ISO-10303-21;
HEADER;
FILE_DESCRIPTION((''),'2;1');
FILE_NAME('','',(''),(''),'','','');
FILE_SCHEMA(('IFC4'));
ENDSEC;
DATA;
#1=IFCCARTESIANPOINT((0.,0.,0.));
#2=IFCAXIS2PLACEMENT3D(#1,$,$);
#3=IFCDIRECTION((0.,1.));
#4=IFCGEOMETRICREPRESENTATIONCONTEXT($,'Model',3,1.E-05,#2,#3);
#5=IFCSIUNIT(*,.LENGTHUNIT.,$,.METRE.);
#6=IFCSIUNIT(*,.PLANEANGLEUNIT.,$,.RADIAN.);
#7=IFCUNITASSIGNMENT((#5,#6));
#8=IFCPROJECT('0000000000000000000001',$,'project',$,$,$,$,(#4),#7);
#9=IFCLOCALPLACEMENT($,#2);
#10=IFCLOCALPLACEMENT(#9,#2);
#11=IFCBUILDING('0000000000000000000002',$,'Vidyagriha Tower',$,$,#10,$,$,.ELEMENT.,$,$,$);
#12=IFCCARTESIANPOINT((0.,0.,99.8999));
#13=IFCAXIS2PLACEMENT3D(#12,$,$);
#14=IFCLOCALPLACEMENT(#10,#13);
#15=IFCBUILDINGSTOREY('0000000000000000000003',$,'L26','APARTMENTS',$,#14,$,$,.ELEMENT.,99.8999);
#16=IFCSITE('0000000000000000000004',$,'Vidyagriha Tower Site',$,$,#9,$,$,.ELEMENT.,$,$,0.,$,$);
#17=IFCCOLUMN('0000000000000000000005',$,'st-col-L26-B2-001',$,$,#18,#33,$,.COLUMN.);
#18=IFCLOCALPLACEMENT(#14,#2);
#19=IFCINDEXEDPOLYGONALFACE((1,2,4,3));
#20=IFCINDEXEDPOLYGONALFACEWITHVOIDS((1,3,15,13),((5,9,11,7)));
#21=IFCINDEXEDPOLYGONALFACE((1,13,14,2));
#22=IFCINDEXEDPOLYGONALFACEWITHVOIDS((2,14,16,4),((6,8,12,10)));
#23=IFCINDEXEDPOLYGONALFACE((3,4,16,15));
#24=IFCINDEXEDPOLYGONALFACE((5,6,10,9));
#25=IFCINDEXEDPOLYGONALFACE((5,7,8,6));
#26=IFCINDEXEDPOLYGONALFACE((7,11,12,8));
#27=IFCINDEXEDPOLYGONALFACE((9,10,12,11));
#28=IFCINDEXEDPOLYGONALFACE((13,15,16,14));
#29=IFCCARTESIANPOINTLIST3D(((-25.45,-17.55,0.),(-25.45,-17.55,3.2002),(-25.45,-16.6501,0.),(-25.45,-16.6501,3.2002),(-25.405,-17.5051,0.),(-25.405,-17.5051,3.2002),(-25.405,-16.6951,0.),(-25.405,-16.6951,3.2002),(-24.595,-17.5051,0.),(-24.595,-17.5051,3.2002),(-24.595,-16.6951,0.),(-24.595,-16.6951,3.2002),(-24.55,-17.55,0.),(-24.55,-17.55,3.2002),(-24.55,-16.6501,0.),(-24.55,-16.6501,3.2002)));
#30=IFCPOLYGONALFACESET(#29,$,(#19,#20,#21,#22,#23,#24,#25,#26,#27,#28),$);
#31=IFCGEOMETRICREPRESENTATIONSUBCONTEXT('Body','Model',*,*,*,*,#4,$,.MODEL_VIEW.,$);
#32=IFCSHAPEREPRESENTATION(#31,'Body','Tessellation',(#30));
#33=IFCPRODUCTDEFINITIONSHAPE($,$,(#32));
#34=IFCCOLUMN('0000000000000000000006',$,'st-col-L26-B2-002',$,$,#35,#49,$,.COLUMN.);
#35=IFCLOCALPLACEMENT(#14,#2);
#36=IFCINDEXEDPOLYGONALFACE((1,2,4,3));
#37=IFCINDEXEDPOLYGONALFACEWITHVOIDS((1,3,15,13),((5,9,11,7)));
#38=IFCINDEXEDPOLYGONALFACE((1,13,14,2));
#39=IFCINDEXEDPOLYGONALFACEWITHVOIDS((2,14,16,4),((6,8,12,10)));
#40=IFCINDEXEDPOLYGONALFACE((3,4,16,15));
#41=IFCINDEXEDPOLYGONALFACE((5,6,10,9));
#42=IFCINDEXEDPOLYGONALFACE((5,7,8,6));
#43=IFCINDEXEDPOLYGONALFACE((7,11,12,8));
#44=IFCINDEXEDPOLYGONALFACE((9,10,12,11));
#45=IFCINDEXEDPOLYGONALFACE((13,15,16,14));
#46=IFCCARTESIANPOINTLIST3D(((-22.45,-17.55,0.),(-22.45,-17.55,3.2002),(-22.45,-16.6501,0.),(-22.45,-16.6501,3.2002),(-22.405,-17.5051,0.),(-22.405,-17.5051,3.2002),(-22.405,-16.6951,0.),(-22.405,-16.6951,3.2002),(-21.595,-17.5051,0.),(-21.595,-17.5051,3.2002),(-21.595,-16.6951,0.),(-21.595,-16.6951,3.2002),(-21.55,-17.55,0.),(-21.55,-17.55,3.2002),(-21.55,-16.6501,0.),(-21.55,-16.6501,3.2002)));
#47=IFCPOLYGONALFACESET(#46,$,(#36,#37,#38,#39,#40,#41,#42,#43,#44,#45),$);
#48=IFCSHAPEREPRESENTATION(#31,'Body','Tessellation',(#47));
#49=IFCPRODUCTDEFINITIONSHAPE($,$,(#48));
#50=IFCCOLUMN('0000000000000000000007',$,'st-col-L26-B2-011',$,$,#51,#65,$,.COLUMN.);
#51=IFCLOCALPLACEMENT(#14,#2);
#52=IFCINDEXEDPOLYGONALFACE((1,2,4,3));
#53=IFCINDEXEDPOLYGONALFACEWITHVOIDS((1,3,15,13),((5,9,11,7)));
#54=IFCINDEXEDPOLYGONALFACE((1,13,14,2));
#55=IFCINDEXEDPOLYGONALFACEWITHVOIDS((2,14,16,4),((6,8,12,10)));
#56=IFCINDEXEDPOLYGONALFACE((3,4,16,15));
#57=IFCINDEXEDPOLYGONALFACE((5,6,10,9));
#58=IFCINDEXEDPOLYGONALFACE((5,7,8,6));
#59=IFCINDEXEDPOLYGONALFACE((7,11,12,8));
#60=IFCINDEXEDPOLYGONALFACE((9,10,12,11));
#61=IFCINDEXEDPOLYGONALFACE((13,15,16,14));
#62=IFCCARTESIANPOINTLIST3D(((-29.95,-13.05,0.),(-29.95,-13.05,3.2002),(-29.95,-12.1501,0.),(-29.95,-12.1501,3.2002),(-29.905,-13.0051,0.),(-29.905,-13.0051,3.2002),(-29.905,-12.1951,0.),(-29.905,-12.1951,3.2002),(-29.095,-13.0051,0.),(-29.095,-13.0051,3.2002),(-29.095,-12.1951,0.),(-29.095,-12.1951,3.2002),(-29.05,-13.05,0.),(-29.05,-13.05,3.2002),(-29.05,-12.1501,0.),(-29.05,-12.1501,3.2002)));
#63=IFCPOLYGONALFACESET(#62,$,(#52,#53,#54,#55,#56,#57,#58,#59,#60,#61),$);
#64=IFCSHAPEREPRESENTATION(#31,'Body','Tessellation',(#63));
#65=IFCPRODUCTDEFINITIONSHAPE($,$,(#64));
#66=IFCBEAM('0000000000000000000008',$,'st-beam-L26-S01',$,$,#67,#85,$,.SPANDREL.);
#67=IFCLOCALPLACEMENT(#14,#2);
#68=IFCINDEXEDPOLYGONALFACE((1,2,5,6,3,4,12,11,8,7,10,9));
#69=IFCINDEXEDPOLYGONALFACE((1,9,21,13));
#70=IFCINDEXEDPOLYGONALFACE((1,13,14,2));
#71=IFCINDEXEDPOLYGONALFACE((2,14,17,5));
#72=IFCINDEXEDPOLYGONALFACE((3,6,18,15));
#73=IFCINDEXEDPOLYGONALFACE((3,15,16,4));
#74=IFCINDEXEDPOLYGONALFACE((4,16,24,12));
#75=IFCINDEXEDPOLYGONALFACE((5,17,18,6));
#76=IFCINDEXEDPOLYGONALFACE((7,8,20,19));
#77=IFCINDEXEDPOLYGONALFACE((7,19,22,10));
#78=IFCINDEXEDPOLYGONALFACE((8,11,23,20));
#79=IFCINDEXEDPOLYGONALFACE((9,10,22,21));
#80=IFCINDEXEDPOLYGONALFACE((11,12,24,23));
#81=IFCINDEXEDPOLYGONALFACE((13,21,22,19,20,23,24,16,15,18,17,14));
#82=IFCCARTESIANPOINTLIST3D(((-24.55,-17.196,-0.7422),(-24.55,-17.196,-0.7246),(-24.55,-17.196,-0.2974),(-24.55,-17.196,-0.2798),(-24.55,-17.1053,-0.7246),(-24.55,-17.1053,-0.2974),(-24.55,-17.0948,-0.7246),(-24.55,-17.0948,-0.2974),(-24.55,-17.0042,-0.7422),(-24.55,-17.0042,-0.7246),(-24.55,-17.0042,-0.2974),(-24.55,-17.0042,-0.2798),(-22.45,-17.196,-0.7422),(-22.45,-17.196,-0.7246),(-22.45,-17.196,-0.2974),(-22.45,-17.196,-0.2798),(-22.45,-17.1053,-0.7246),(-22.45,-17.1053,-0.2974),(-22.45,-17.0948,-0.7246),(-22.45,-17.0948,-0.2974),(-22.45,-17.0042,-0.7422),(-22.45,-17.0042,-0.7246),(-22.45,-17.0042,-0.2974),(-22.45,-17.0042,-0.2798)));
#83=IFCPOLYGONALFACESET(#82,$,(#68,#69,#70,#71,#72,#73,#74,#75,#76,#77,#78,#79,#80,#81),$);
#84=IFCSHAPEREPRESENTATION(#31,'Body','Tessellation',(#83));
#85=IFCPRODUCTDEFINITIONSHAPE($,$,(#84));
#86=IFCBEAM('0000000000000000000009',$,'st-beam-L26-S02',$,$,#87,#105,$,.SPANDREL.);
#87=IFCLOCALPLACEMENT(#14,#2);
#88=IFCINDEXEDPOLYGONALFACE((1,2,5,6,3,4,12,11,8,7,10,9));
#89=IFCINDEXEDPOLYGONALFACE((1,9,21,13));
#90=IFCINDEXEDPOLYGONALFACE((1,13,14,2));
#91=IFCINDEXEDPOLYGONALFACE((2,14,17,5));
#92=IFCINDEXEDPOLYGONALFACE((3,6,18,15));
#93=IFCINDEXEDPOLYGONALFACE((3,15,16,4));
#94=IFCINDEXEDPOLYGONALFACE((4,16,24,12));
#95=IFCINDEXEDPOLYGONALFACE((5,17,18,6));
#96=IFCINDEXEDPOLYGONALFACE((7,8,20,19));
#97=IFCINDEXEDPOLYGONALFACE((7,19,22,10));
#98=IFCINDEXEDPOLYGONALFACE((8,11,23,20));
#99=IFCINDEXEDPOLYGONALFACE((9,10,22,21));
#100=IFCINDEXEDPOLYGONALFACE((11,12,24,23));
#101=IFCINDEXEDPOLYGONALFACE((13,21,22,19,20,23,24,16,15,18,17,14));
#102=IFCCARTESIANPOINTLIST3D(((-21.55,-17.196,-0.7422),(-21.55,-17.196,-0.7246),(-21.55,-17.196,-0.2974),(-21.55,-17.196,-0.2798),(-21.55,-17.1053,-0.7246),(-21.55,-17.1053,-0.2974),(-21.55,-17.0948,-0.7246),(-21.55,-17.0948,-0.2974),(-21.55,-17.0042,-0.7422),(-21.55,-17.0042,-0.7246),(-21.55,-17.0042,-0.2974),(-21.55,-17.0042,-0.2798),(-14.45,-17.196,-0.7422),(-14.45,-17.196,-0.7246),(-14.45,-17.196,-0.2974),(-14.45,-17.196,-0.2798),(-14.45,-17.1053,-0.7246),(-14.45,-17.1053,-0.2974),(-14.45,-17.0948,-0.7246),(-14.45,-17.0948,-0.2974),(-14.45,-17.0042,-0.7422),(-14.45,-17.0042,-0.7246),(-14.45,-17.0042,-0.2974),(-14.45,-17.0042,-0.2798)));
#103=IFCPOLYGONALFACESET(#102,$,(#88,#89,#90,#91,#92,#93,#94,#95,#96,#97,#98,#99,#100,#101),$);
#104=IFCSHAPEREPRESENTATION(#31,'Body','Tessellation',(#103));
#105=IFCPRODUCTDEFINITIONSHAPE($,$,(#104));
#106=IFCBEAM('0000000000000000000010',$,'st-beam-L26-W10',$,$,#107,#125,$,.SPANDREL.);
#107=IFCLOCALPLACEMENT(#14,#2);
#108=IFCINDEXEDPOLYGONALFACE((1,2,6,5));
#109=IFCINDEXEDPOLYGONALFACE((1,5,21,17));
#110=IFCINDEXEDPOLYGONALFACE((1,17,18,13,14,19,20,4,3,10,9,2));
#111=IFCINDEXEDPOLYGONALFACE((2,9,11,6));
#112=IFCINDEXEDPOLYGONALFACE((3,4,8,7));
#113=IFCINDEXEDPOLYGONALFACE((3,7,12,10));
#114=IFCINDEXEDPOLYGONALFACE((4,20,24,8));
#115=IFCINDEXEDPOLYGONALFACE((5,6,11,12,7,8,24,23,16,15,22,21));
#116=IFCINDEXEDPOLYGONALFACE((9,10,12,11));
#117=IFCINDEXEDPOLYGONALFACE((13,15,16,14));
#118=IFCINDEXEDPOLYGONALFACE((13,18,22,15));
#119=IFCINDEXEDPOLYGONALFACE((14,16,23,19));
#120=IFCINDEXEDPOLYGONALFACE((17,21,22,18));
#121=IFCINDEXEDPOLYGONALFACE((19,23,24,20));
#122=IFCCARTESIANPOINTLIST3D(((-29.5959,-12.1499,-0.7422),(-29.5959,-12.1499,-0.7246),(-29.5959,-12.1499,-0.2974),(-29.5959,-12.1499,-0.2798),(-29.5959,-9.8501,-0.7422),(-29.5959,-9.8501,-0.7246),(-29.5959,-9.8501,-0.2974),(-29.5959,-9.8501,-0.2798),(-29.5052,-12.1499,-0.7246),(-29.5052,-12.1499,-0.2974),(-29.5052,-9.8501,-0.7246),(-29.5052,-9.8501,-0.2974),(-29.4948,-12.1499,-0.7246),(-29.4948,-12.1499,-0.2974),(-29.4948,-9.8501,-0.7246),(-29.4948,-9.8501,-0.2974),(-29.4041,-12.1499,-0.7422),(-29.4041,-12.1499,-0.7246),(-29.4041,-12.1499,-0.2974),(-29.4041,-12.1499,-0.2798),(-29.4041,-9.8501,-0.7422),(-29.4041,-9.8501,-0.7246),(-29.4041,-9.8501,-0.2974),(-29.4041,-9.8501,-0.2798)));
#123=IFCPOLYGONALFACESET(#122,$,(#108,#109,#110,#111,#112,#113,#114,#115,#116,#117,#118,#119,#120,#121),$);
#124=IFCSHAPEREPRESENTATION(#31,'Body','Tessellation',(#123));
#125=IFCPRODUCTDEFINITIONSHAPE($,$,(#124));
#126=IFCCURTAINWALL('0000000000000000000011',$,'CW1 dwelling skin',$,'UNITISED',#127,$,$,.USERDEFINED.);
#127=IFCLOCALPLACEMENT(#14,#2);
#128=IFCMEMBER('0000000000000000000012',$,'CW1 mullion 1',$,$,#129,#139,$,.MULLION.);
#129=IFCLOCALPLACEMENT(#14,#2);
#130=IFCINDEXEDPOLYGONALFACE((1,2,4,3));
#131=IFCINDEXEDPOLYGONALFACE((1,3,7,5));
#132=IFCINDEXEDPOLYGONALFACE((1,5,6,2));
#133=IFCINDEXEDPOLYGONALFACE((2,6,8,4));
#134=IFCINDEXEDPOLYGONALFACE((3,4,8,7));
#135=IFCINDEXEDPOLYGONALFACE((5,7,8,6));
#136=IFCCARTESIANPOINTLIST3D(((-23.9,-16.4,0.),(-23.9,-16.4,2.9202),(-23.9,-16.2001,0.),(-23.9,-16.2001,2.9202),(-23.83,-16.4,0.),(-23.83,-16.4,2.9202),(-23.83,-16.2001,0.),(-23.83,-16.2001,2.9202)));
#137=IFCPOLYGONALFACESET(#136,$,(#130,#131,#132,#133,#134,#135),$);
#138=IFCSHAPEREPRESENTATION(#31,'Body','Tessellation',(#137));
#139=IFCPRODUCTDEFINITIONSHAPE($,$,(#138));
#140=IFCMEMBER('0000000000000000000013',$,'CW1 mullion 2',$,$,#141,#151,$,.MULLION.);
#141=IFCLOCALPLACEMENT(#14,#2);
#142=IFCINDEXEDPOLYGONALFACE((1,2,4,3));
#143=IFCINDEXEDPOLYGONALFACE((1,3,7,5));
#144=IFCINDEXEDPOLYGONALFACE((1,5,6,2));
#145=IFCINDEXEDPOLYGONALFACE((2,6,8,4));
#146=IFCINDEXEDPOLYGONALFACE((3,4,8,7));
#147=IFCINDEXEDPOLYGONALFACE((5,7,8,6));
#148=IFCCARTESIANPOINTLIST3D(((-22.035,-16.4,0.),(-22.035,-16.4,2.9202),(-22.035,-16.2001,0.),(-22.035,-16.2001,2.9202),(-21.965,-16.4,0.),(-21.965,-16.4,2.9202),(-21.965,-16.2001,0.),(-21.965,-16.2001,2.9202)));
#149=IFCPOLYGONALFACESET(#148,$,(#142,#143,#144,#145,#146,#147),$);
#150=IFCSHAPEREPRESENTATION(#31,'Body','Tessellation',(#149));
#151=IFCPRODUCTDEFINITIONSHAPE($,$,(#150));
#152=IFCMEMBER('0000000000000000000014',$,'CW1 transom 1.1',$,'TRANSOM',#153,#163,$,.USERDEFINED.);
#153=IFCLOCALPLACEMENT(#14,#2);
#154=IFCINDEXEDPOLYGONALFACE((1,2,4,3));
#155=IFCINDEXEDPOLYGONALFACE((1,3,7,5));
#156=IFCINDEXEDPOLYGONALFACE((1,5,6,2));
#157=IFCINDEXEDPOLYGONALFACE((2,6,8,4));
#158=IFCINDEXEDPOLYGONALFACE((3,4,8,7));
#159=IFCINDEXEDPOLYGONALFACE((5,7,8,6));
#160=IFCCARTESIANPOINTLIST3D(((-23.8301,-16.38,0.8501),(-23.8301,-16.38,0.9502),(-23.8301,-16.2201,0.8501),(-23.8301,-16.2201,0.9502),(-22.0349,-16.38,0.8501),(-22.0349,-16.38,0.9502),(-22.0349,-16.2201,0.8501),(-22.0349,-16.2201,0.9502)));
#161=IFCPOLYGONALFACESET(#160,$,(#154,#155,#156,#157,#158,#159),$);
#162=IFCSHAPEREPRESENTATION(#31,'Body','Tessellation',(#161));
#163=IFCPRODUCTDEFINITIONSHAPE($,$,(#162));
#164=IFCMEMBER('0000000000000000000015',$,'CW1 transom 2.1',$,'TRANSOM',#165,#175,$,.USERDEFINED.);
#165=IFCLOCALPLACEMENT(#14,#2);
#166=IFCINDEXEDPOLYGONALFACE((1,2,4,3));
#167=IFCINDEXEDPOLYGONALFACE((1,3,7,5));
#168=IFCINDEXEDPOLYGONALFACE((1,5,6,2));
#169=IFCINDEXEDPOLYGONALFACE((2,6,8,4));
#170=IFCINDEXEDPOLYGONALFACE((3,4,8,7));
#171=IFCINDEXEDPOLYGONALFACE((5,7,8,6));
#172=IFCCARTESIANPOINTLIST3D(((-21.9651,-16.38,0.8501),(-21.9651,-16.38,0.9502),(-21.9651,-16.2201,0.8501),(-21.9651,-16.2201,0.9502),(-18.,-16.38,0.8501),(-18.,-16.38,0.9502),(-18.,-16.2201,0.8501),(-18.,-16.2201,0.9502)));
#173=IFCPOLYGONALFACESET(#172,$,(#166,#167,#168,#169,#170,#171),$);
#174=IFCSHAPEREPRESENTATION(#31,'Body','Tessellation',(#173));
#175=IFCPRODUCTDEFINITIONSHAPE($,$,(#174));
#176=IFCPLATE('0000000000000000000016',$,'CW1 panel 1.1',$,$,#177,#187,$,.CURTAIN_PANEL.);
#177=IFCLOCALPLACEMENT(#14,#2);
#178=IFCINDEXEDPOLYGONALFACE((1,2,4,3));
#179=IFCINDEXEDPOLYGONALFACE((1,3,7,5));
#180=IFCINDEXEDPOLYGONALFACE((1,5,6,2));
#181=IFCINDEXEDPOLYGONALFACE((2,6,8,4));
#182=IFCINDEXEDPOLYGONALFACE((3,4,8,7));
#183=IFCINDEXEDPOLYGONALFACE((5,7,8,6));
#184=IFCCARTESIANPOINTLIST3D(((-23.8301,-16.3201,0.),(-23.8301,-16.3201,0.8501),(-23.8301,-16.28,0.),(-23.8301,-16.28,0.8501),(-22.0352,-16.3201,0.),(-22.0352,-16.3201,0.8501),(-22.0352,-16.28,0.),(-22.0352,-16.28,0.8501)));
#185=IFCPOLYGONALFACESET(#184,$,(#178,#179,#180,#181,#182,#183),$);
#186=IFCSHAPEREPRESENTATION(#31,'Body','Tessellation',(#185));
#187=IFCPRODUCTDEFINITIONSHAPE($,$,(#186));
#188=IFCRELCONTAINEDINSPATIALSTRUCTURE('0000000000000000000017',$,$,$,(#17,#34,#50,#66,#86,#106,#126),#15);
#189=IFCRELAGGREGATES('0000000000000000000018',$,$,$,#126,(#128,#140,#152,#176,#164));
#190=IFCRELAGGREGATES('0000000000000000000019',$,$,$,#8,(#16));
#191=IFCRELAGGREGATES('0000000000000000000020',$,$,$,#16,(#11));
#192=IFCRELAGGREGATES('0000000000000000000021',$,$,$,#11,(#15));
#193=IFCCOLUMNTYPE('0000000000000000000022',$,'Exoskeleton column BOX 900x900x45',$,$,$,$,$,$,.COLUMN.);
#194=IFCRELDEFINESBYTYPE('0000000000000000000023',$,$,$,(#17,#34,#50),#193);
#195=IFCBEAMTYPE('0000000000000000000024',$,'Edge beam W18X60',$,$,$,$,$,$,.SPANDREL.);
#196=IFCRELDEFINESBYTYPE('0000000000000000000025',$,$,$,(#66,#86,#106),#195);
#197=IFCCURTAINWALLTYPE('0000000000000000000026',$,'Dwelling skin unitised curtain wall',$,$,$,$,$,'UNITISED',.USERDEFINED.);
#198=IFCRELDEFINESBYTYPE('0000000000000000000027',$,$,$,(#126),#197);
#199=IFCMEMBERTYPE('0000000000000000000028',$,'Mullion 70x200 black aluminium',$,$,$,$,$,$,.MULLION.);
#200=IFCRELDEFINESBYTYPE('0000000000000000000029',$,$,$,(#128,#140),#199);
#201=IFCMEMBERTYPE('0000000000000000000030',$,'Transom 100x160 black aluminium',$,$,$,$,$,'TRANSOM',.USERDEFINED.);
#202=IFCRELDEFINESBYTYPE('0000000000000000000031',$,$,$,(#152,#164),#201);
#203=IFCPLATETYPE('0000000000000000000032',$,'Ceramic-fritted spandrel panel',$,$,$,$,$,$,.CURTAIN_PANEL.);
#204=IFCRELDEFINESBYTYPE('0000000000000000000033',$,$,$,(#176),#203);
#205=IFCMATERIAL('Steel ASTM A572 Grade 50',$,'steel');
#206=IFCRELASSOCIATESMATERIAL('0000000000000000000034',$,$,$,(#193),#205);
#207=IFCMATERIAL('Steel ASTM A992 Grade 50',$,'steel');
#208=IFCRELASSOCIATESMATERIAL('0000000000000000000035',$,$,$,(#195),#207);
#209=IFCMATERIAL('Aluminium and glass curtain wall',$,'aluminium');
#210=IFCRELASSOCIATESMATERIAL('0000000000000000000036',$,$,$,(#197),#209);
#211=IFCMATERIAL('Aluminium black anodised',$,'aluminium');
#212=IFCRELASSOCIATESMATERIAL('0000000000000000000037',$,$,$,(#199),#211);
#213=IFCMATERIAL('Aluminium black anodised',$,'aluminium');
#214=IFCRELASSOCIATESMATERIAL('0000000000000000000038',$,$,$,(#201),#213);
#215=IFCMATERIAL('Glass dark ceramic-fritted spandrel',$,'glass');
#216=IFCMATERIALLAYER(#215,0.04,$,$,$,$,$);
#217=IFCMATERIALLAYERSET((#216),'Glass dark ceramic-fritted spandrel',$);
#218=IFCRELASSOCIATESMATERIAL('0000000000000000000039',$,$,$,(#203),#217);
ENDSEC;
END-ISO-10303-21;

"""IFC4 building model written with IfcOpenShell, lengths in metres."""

from ifc_helpers import new_model, si_unit, direction, frame, origin, origin_2d, place, context, subcontext, project, spatial, rectangle, hollow_rectangle, i_section, extrude, material, layer, layer_set, material_profile, profile_set, type_object, element, aggregate, save


model = new_model("IFC4")

# Units and contexts
model_context = context("Model", 3, precision=1e-05, world=origin(), true_north=direction((0.0, 1.0)))
body_context = subcontext(model_context, "Body", "Model", "MODEL_VIEW")
ifc_project = project(units=[si_unit("LENGTHUNIT", "METRE"), si_unit("PLANEANGLEUNIT", "RADIAN")], contexts=[model_context])

# Site, building, storey
site_placement = place(None, origin())
site = spatial("IfcSite", under=ifc_project, at=site_placement, Name="Vidyagriha Tower Site", CompositionType="ELEMENT", RefElevation=0.0)
building_placement = place(site_placement, origin())
building = spatial("IfcBuilding", under=site, at=building_placement, Name="Vidyagriha Tower", CompositionType="ELEMENT")
storey_placement = place(building_placement, frame((0.0, 0.0, 99.8999)))
storey = spatial("IfcBuildingStorey", under=building, at=storey_placement, Name="L26", Description="APARTMENTS", CompositionType="ELEMENT", Elevation=99.8999)

# Columns
ifc_material_1 = material(Name="Steel ASTM A572 Grade 50", Category="steel")
ifc_material_profile_1 = material_profile(ifc_material_1, hollow_rectangle(XDim=0.8999, YDim=0.8999, WallThickness=0.0449, at=origin_2d()), Name="BOX 900x900x45")
ifc_profile_set_1 = profile_set([ifc_material_profile_1], Name="Steel ASTM A572 Grade 50")
column_type = type_object("IfcColumnType", Name="Exoskeleton column BOX 900x900x45", PredefinedType="COLUMN", material=ifc_profile_set_1)
for number, where, name in (
    (1, (-25.0, -17.1001, 0.0), "st-col-L26-B2-001"),
    (2, (-22.0, -17.1001, 0.0), "st-col-L26-B2-002"),
    (3, (-29.5, -12.6001, 0.0), "st-col-L26-B2-011"),
):
    element("IfcColumn", number, at=place(storey_placement, frame(where)), inside=storey, type_object=column_type, Name=name, PredefinedType="COLUMN", context=body_context, shape_type="SweptSolid", body=[
        extrude(hollow_rectangle(XDim=0.8999, YDim=0.8999, WallThickness=0.0449, at=origin_2d()), origin(), (0.0, 0.0, 1.0), 3.2002),
    ])

# Beams
ifc_material_2 = material(Name="Steel ASTM A992 Grade 50", Category="steel")
ifc_material_profile_2 = material_profile(ifc_material_2, i_section(OverallWidth=0.1919, OverallDepth=0.4624, WebThickness=0.0105, FlangeThickness=0.0176, at=origin_2d()), Name="W18X60")
ifc_profile_set_2 = profile_set([ifc_material_profile_2], Name="Steel ASTM A992 Grade 50")
beam_type = type_object("IfcBeamType", Name="Edge beam W18X60", PredefinedType="SPANDREL", material=ifc_profile_set_2)
beam_1_placement = place(storey_placement, frame((-24.55, -17.1001, -0.511), z_axis=(1.0, 0.0, 0.0), x_axis=(0.0, 1.0, 0.0)))
element("IfcBeam", 4, at=beam_1_placement, inside=storey, type_object=beam_type, Name="st-beam-L26-S01", PredefinedType="SPANDREL", context=body_context, shape_type="SweptSolid", body=[
    extrude(i_section(OverallWidth=0.1919, OverallDepth=0.4624, WebThickness=0.0105, FlangeThickness=0.0176, at=origin_2d()), origin(), (0.0, 0.0, 1.0), 2.1001),
])
beam_2_placement = place(storey_placement, frame((-21.55, -17.1001, -0.511), z_axis=(1.0, 0.0, 0.0), x_axis=(0.0, 1.0, 0.0)))
element("IfcBeam", 5, at=beam_2_placement, inside=storey, type_object=beam_type, Name="st-beam-L26-S02", PredefinedType="SPANDREL", context=body_context, shape_type="SweptSolid", body=[
    extrude(i_section(OverallWidth=0.1919, OverallDepth=0.4624, WebThickness=0.0105, FlangeThickness=0.0176, at=origin_2d()), origin(), (0.0, 0.0, 1.0), 7.1001),
])
beam_3_placement = place(storey_placement, frame((-29.5, -12.1499, -0.511), z_axis=(0.0, 1.0, 0.0), x_axis=(-1.0, 0.0, 0.0)))
element("IfcBeam", 6, at=beam_3_placement, inside=storey, type_object=beam_type, Name="st-beam-L26-W10", PredefinedType="SPANDREL", context=body_context, shape_type="SweptSolid", body=[
    extrude(i_section(OverallWidth=0.1919, OverallDepth=0.4624, WebThickness=0.0105, FlangeThickness=0.0176, at=origin_2d()), origin(), (0.0, 0.0, 1.0), 2.2998),
])

# Curtain wall, members, plate
ifc_material_3 = material(Name="Aluminium and glass curtain wall", Category="aluminium")
curtain_wall_type = type_object("IfcCurtainWallType", Name="Dwelling skin unitised curtain wall", ElementType="UNITISED", PredefinedType="USERDEFINED", material=ifc_material_3)
curtain_wall_placement = place(storey_placement, origin())
curtain_wall = element("IfcCurtainWall", 7, at=curtain_wall_placement, inside=storey, type_object=curtain_wall_type, Name="CW1 dwelling skin", ObjectType="UNITISED", PredefinedType="USERDEFINED")
ifc_material_4 = material(Name="Aluminium black anodised", Category="aluminium")
ifc_material_profile_3 = material_profile(ifc_material_4, rectangle(XDim=0.2, YDim=0.0701, at=origin_2d()), Name="Mullion 70x200 black aluminium")
ifc_profile_set_3 = profile_set([ifc_material_profile_3], Name="Aluminium black anodised")
member_type_1 = type_object("IfcMemberType", Name="Mullion 70x200 black aluminium", PredefinedType="MULLION", material=ifc_profile_set_3)
member_1_placement = place(storey_placement, frame((-23.865, -16.3, 0.0), z_axis=(0.0, 0.0, 1.0), x_axis=(0.0, 1.0, 0.0)))
member_1 = element("IfcMember", 8, at=member_1_placement, type_object=member_type_1, Name="CW1 mullion 1", PredefinedType="MULLION", context=body_context, shape_type="SweptSolid", body=[
    extrude(rectangle(XDim=0.2, YDim=0.0701, at=origin_2d()), origin(), (0.0, 0.0, 1.0), 2.9202),
])
member_2_placement = place(storey_placement, frame((-22.0, -16.3, 0.0), z_axis=(0.0, 0.0, 1.0), x_axis=(0.0, 1.0, 0.0)))
member_2 = element("IfcMember", 9, at=member_2_placement, type_object=member_type_1, Name="CW1 mullion 2", PredefinedType="MULLION", context=body_context, shape_type="SweptSolid", body=[
    extrude(rectangle(XDim=0.2, YDim=0.0701, at=origin_2d()), origin(), (0.0, 0.0, 1.0), 2.9202),
])
ifc_material_5 = material(Name="Aluminium black anodised", Category="aluminium")
ifc_material_profile_4 = material_profile(ifc_material_5, rectangle(XDim=0.1599, YDim=0.1001, at=origin_2d()), Name="Transom 100x160 black aluminium")
ifc_profile_set_4 = profile_set([ifc_material_profile_4], Name="Aluminium black anodised")
member_type_2 = type_object("IfcMemberType", Name="Transom 100x160 black aluminium", ElementType="TRANSOM", PredefinedType="USERDEFINED", material=ifc_profile_set_4)
member_3_placement = place(storey_placement, frame((-23.8301, -16.3, 0.9001), z_axis=(1.0, 0.0, 0.0), x_axis=(0.0, 1.0, 0.0)))
member_3 = element("IfcMember", 10, at=member_3_placement, type_object=member_type_2, Name="CW1 transom 1.1", ObjectType="TRANSOM", PredefinedType="USERDEFINED", context=body_context, shape_type="SweptSolid", body=[
    extrude(rectangle(XDim=0.1599, YDim=0.1001, at=origin_2d()), origin(), (0.0, 0.0, 1.0), 1.7952),
])
member_4_placement = place(storey_placement, frame((-21.9651, -16.3, 0.9001), z_axis=(1.0, 0.0, 0.0), x_axis=(0.0, 1.0, 0.0)))
member_4 = element("IfcMember", 11, at=member_4_placement, type_object=member_type_2, Name="CW1 transom 2.1", ObjectType="TRANSOM", PredefinedType="USERDEFINED", context=body_context, shape_type="SweptSolid", body=[
    extrude(rectangle(XDim=0.1599, YDim=0.1001, at=origin_2d()), origin(), (0.0, 0.0, 1.0), 3.9651),
])
ifc_material_6 = material(Name="Glass dark ceramic-fritted spandrel", Category="glass")
ifc_layer_1 = layer(ifc_material_6, 0.04)
ifc_layer_set_1 = layer_set([ifc_layer_1], Name="Glass dark ceramic-fritted spandrel")
plate_type_1 = type_object("IfcPlateType", Name="Ceramic-fritted spandrel panel", PredefinedType="CURTAIN_PANEL", material=ifc_layer_set_1)
plate_1_placement = place(storey_placement, frame((-22.9326, -16.3, 0.0)))
plate_1 = element("IfcPlate", 12, at=plate_1_placement, type_object=plate_type_1, Name="CW1 panel 1.1", PredefinedType="CURTAIN_PANEL", context=body_context, shape_type="SweptSolid", body=[
    extrude(rectangle(XDim=1.7949, YDim=0.04, at=origin_2d()), origin(), (0.0, 0.0, 1.0), 0.8501),
])
aggregate(curtain_wall, [member_1, member_2, member_3, plate_1, member_4])

save(model, "model.ifc")
